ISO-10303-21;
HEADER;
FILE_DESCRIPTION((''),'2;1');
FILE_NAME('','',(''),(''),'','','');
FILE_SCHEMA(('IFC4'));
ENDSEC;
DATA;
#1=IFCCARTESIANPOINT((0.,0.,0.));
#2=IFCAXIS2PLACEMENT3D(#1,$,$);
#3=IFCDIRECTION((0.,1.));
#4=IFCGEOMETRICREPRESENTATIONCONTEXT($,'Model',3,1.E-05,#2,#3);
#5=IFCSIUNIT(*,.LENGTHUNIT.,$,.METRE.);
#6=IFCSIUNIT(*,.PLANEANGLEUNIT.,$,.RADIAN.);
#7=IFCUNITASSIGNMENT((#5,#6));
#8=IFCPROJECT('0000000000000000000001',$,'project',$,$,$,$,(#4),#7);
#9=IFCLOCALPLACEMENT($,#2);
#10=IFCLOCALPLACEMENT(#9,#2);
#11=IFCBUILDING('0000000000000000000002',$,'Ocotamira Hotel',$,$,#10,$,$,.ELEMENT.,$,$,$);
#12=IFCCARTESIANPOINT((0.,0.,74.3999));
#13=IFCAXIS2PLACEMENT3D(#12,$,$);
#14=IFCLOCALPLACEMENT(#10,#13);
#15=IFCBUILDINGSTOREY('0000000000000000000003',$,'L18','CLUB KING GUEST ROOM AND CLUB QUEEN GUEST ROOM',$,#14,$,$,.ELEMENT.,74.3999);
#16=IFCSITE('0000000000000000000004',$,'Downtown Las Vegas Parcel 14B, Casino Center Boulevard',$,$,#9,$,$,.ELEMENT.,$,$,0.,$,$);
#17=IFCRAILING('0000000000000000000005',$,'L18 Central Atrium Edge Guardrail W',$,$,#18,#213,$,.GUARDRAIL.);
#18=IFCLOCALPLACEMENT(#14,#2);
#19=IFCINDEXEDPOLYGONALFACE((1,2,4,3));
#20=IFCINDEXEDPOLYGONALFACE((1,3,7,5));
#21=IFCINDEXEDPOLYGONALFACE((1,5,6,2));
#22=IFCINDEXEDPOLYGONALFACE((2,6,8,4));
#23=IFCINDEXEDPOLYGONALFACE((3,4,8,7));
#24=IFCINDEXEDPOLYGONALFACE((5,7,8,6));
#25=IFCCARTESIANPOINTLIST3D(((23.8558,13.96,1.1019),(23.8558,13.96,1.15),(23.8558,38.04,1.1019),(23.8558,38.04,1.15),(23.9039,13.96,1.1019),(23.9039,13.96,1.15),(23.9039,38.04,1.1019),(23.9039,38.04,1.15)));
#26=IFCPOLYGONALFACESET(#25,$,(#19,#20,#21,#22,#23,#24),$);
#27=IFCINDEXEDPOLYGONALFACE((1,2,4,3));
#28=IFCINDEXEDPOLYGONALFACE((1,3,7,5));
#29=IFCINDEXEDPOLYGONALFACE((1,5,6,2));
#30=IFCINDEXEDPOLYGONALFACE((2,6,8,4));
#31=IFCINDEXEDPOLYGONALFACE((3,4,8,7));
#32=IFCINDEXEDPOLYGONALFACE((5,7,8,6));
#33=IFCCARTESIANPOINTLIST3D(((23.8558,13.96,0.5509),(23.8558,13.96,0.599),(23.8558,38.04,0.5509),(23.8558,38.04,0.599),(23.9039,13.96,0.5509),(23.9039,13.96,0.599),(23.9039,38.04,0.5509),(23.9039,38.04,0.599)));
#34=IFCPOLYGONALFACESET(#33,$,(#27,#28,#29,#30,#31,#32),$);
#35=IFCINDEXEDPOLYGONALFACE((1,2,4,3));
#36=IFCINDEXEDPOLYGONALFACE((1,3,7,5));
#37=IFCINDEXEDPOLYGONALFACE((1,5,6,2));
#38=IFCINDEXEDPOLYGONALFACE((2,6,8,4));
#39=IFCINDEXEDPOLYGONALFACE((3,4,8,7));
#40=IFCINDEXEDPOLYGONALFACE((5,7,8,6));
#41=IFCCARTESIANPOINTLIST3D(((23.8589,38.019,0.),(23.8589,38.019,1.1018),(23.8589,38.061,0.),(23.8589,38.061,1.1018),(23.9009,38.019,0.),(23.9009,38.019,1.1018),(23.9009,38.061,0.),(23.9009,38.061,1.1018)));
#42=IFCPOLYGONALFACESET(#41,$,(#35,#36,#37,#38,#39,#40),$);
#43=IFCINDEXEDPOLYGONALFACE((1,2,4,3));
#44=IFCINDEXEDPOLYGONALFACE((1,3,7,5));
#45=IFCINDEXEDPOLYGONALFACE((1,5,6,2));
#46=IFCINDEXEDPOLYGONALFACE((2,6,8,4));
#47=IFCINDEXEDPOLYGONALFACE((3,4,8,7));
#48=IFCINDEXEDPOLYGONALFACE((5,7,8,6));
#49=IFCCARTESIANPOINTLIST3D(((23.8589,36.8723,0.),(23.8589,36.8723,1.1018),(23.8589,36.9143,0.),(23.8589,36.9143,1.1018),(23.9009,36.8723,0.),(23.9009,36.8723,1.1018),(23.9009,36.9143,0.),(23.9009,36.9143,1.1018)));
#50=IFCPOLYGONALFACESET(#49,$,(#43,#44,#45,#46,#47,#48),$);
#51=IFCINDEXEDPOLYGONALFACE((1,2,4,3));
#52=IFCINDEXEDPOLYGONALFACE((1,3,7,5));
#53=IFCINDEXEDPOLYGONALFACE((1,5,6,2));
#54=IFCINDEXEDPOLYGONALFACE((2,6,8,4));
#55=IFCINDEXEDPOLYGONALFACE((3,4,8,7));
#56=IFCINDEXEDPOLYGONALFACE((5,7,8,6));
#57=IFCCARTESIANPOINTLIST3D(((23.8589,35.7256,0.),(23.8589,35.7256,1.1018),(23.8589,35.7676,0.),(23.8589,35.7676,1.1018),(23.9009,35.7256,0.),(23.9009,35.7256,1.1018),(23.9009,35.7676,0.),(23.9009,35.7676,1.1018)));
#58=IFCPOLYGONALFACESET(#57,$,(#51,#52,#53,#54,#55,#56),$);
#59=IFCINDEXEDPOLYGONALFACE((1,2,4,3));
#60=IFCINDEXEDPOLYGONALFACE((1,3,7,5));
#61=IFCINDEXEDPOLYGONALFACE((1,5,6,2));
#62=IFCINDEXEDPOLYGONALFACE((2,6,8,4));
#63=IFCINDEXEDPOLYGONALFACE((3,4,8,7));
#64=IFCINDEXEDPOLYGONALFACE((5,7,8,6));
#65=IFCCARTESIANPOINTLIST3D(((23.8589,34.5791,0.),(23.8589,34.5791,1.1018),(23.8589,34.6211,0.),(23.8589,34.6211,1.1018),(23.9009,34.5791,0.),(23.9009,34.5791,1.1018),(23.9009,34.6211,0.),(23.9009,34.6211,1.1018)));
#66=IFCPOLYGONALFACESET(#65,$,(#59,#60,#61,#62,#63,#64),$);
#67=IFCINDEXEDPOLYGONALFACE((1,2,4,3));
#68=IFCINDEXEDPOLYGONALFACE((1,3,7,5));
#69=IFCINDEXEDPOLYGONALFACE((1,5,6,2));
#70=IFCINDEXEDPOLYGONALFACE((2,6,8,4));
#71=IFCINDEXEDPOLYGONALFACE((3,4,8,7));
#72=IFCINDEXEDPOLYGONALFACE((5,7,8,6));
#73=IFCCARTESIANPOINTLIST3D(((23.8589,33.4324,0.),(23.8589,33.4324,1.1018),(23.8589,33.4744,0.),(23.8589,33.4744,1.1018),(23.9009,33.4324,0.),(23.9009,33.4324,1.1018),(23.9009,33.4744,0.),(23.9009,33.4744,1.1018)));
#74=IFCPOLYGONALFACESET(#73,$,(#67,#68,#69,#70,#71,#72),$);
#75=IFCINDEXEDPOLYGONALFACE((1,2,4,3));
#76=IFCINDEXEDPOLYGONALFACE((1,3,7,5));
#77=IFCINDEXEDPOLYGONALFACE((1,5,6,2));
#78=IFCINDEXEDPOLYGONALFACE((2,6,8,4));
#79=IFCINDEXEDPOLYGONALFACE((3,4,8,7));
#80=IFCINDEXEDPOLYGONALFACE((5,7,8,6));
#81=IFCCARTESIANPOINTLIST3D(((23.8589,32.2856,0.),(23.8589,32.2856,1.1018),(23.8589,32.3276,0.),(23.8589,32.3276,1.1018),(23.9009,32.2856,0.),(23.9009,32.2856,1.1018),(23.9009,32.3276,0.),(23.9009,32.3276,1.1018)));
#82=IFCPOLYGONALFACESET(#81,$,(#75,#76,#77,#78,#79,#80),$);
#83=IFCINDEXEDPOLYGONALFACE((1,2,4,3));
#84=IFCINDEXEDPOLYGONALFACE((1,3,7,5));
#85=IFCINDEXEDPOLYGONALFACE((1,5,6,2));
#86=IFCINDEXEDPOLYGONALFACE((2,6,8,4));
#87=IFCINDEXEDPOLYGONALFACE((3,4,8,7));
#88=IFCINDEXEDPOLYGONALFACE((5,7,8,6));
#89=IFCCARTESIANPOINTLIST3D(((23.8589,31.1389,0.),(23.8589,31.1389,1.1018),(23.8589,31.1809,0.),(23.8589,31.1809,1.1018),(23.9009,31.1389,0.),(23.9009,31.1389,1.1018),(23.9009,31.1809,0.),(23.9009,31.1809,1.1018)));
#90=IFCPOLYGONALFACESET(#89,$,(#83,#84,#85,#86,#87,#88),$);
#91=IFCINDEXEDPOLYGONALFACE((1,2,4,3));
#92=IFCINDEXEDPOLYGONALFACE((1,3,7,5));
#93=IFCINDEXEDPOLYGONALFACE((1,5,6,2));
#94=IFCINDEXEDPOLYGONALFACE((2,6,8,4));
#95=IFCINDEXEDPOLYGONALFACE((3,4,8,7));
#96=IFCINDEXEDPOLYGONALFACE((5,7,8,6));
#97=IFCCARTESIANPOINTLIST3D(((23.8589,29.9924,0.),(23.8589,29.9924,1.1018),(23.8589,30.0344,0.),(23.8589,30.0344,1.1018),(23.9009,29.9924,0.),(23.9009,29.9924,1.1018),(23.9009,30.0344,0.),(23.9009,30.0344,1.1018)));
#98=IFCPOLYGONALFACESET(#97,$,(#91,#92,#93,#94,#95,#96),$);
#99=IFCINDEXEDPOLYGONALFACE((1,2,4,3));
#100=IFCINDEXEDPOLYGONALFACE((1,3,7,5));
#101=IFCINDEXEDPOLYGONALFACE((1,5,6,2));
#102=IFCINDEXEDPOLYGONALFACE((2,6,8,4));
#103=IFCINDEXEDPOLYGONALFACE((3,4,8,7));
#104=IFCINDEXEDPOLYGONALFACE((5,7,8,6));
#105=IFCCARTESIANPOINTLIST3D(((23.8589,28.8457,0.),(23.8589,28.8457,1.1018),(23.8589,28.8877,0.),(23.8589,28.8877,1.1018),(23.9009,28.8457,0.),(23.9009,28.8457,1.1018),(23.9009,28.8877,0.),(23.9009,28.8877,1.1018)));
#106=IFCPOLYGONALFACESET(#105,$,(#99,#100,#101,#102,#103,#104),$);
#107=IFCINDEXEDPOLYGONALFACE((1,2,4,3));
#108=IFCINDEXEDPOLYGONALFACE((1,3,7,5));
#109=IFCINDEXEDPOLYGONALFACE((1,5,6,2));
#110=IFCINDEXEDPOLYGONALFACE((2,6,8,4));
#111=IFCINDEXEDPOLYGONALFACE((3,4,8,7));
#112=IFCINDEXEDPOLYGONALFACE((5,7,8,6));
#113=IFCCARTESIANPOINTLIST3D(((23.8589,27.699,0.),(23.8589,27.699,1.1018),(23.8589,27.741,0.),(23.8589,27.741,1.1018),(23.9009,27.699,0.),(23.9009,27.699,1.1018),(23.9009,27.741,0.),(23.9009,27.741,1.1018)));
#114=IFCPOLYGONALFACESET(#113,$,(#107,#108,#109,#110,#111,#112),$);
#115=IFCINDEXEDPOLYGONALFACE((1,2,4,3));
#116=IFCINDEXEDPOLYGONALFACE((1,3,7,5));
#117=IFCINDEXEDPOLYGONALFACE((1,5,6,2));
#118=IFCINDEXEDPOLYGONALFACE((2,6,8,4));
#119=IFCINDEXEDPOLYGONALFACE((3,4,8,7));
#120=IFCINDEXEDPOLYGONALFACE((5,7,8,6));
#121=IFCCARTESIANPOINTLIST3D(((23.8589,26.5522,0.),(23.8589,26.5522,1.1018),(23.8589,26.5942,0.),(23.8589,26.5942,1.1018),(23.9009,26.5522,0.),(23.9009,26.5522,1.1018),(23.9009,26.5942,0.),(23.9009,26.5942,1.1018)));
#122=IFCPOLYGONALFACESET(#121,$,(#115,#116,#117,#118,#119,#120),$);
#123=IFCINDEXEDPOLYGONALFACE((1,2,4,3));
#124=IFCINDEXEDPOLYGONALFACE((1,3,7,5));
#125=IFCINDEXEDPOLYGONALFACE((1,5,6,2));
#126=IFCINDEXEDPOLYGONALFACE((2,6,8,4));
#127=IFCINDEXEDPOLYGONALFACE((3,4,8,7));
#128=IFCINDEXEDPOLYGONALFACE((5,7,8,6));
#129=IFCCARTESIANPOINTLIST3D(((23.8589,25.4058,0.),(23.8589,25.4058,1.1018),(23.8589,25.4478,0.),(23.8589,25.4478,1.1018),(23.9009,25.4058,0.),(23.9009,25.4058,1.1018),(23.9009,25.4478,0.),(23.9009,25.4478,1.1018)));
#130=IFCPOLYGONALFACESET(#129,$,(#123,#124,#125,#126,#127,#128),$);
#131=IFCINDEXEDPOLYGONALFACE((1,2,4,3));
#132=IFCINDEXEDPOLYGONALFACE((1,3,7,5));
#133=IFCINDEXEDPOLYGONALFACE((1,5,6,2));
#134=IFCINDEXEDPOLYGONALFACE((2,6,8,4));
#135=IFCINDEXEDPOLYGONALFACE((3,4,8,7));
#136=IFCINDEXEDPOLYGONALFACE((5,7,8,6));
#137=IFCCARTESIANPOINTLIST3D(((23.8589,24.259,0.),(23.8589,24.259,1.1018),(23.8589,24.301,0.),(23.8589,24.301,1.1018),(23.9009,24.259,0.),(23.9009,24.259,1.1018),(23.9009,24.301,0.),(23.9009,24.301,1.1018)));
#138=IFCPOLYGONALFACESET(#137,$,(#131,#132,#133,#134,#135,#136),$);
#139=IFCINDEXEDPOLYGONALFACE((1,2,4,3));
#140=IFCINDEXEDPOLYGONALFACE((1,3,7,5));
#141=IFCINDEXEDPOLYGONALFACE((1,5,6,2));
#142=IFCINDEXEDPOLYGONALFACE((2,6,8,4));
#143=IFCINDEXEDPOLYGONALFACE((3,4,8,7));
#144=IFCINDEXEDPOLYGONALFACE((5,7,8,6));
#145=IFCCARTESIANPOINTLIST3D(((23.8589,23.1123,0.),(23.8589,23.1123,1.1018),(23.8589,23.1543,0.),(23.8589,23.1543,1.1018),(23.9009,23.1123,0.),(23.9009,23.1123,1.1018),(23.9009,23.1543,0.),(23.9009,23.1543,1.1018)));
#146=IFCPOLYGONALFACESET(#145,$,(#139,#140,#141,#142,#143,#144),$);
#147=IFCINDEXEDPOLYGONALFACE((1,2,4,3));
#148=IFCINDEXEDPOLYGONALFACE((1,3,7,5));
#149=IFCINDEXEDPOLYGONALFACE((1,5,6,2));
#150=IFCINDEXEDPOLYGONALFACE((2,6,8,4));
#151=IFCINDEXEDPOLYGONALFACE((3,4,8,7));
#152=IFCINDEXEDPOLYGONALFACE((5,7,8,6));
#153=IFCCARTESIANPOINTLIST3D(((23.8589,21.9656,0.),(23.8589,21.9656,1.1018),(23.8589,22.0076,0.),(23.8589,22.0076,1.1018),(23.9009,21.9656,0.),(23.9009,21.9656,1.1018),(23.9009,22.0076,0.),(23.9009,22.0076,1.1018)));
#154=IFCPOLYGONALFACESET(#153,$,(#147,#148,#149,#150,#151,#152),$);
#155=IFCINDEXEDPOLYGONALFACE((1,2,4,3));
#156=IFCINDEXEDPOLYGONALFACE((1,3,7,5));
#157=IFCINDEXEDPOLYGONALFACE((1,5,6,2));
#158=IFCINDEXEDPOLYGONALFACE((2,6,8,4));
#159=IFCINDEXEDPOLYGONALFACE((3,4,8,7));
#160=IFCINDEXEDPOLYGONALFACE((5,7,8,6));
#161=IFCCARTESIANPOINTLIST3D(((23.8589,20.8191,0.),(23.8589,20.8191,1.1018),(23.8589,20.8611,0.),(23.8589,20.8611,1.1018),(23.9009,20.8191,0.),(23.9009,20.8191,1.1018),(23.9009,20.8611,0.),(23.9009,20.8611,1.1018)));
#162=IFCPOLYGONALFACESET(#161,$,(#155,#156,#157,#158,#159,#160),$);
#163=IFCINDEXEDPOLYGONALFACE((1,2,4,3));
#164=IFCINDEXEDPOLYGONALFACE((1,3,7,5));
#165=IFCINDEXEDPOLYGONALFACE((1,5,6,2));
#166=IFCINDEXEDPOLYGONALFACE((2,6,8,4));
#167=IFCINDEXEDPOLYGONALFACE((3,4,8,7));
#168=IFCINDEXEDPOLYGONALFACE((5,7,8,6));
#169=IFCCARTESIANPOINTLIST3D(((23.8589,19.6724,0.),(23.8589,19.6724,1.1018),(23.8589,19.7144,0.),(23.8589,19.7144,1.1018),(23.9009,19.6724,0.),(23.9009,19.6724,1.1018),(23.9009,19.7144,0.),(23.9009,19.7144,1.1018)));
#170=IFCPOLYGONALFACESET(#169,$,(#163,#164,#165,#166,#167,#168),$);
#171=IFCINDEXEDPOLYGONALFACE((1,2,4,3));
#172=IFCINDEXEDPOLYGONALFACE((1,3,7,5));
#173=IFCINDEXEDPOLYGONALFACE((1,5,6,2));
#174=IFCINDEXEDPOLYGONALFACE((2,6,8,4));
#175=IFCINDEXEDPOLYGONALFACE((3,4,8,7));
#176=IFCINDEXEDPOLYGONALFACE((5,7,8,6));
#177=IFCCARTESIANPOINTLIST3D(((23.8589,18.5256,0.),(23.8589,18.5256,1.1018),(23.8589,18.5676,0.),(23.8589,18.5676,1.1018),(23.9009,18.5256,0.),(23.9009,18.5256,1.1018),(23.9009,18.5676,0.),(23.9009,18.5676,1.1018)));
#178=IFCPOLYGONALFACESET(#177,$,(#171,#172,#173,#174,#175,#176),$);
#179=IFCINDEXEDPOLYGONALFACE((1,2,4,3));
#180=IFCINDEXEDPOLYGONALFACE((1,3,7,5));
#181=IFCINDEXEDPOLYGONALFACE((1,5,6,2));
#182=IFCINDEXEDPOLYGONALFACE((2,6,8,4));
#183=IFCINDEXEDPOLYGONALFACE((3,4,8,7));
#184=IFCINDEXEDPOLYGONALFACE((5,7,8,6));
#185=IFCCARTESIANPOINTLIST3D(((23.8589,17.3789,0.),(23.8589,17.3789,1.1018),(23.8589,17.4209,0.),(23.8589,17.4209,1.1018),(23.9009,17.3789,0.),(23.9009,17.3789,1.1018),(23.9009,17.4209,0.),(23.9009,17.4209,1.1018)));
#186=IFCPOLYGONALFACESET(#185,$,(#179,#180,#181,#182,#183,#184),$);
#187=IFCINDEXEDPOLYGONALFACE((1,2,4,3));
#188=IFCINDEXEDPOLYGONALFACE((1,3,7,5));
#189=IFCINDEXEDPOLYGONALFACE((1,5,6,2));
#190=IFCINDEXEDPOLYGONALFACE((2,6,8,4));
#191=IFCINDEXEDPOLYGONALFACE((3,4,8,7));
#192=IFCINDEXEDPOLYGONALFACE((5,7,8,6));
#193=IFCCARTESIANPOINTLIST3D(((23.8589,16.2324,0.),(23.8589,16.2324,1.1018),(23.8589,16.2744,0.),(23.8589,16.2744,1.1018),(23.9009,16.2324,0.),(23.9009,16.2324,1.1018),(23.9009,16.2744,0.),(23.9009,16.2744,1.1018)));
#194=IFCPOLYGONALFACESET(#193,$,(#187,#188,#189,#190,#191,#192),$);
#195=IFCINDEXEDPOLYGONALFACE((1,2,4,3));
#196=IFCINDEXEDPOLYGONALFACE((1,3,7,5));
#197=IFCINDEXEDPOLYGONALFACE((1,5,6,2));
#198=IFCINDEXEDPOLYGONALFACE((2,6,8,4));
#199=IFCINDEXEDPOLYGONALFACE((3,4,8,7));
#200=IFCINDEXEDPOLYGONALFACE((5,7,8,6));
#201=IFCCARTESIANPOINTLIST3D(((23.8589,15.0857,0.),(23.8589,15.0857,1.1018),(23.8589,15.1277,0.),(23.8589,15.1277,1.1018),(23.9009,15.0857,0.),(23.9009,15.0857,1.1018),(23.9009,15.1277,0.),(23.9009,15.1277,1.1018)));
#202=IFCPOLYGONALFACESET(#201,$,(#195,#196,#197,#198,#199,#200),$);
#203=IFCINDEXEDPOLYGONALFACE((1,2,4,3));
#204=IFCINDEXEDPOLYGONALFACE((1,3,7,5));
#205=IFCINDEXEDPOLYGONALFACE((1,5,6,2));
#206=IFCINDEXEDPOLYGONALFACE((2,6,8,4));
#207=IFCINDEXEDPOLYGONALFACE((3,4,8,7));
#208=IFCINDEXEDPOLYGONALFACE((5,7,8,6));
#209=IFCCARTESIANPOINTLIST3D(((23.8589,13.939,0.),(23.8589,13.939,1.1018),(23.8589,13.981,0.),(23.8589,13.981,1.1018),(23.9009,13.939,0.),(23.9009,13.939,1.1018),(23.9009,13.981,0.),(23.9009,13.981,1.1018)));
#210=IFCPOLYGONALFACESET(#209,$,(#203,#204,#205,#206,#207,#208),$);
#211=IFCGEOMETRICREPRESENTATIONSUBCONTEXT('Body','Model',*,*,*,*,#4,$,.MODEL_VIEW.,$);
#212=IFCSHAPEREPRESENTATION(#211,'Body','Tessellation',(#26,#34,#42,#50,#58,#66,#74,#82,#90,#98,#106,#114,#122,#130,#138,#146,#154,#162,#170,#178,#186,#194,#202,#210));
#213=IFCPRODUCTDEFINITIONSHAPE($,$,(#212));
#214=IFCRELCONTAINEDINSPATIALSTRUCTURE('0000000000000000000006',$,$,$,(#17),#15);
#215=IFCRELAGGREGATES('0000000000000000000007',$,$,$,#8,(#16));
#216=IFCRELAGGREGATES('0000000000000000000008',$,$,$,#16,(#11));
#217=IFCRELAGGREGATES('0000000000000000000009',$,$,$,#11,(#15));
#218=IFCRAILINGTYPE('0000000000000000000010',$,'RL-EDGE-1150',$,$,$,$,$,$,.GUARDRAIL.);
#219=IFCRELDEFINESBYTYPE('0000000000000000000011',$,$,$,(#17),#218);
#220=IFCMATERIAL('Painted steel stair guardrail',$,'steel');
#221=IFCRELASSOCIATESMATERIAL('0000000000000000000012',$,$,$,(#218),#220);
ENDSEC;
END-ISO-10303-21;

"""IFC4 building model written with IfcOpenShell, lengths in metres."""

from ifc_helpers import new_model, si_unit, direction, frame, origin, origin_2d, place, context, subcontext, project, spatial, rectangle, extrude, material, type_object, element, save


model = new_model("IFC4")

# Units and contexts
model_context = context("Model", 3, precision=1e-05, world=origin(), true_north=direction((0.0, 1.0)))
body_context = subcontext(model_context, "Body", "Model", "MODEL_VIEW")
ifc_project = project(units=[si_unit("LENGTHUNIT", "METRE"), si_unit("PLANEANGLEUNIT", "RADIAN")], contexts=[model_context])

# Site, building, storey
site_placement = place(None, origin())
site = spatial("IfcSite", under=ifc_project, at=site_placement, Name="Downtown Las Vegas Parcel 14B, Casino Center Boulevard", CompositionType="ELEMENT", RefElevation=0.0)
building_placement = place(site_placement, origin())
building = spatial("IfcBuilding", under=site, at=building_placement, Name="Ocotamira Hotel", CompositionType="ELEMENT")
storey_placement = place(building_placement, frame((0.0, 0.0, 74.3999)))
storey = spatial("IfcBuildingStorey", under=building, at=storey_placement, Name="L18", Description="CLUB KING GUEST ROOM AND CLUB QUEEN GUEST ROOM", CompositionType="ELEMENT", Elevation=74.3999)

# Railing
ifc_material_1 = material(Name="Painted steel stair guardrail", Category="steel")
railing_type = type_object("IfcRailingType", Name="RL-EDGE-1150", PredefinedType="GUARDRAIL", material=ifc_material_1)
railing_placement = place(storey_placement, frame((23.8799, 38.04, 0.0)))
element("IfcRailing", 1, at=railing_placement, inside=storey, type_object=railing_type, Name="L18 Central Atrium Edge Guardrail W", PredefinedType="GUARDRAIL", context=body_context, shape_type="SweptSolid", body=[
    extrude(rectangle(XDim=0.0481, YDim=0.0481, at=origin_2d()), frame((0.0, 0.0, 1.126), z_axis=(0.0, -1.0, 0.0), x_axis=(1.0, 0.0, 0.0)), (0.0, 0.0, 1.0), 24.0801),
    extrude(rectangle(XDim=0.0481, YDim=0.0481, at=origin_2d()), frame((0.0, 0.0, 0.575), z_axis=(0.0, -1.0, 0.0), x_axis=(1.0, 0.0, 0.0)), (0.0, 0.0, 1.0), 24.0801),
    extrude(rectangle(XDim=0.042, YDim=0.042, at=origin_2d()), origin(), (0.0, 0.0, 1.0), 1.1018),
    extrude(rectangle(XDim=0.042, YDim=0.042, at=origin_2d()), frame((0.0, -1.1467, 0.0)), (0.0, 0.0, 1.0), 1.1018),
    extrude(rectangle(XDim=0.042, YDim=0.042, at=origin_2d()), frame((0.0, -2.2935, 0.0)), (0.0, 0.0, 1.0), 1.1018),
    extrude(rectangle(XDim=0.042, YDim=0.042, at=origin_2d()), frame((0.0, -3.4399, 0.0)), (0.0, 0.0, 1.0), 1.1018),
    extrude(rectangle(XDim=0.042, YDim=0.042, at=origin_2d()), frame((0.0, -4.5867, 0.0)), (0.0, 0.0, 1.0), 1.1018),
    extrude(rectangle(XDim=0.042, YDim=0.042, at=origin_2d()), frame((0.0, -5.7334, 0.0)), (0.0, 0.0, 1.0), 1.1018),
    extrude(rectangle(XDim=0.042, YDim=0.042, at=origin_2d()), frame((0.0, -6.8801, 0.0)), (0.0, 0.0, 1.0), 1.1018),
    extrude(rectangle(XDim=0.042, YDim=0.042, at=origin_2d()), frame((0.0, -8.0266, 0.0)), (0.0, 0.0, 1.0), 1.1018),
    extrude(rectangle(XDim=0.042, YDim=0.042, at=origin_2d()), frame((0.0, -9.1733, 0.0)), (0.0, 0.0, 1.0), 1.1018),
    extrude(rectangle(XDim=0.042, YDim=0.042, at=origin_2d()), frame((0.0, -10.3201, 0.0)), (0.0, 0.0, 1.0), 1.1018),
    extrude(rectangle(XDim=0.042, YDim=0.042, at=origin_2d()), frame((0.0, -11.4668, 0.0)), (0.0, 0.0, 1.0), 1.1018),
    extrude(rectangle(XDim=0.042, YDim=0.042, at=origin_2d()), frame((0.0, -12.6133, 0.0)), (0.0, 0.0, 1.0), 1.1018),
    extrude(rectangle(XDim=0.042, YDim=0.042, at=origin_2d()), frame((0.0, -13.76, 0.0)), (0.0, 0.0, 1.0), 1.1018),
    extrude(rectangle(XDim=0.042, YDim=0.042, at=origin_2d()), frame((0.0, -14.9067, 0.0)), (0.0, 0.0, 1.0), 1.1018),
    extrude(rectangle(XDim=0.042, YDim=0.042, at=origin_2d()), frame((0.0, -16.0535, 0.0)), (0.0, 0.0, 1.0), 1.1018),
    extrude(rectangle(XDim=0.042, YDim=0.042, at=origin_2d()), frame((0.0, -17.2, 0.0)), (0.0, 0.0, 1.0), 1.1018),
    extrude(rectangle(XDim=0.042, YDim=0.042, at=origin_2d()), frame((0.0, -18.3467, 0.0)), (0.0, 0.0, 1.0), 1.1018),
    extrude(rectangle(XDim=0.042, YDim=0.042, at=origin_2d()), frame((0.0, -19.4934, 0.0)), (0.0, 0.0, 1.0), 1.1018),
    extrude(rectangle(XDim=0.042, YDim=0.042, at=origin_2d()), frame((0.0, -20.6401, 0.0)), (0.0, 0.0, 1.0), 1.1018),
    extrude(rectangle(XDim=0.042, YDim=0.042, at=origin_2d()), frame((0.0, -21.7866, 0.0)), (0.0, 0.0, 1.0), 1.1018),
    extrude(rectangle(XDim=0.042, YDim=0.042, at=origin_2d()), frame((0.0, -22.9333, 0.0)), (0.0, 0.0, 1.0), 1.1018),
    extrude(rectangle(XDim=0.042, YDim=0.042, at=origin_2d()), frame((0.0, -24.0801, 0.0)), (0.0, 0.0, 1.0), 1.1018),
])

save(model, "model.ifc")
